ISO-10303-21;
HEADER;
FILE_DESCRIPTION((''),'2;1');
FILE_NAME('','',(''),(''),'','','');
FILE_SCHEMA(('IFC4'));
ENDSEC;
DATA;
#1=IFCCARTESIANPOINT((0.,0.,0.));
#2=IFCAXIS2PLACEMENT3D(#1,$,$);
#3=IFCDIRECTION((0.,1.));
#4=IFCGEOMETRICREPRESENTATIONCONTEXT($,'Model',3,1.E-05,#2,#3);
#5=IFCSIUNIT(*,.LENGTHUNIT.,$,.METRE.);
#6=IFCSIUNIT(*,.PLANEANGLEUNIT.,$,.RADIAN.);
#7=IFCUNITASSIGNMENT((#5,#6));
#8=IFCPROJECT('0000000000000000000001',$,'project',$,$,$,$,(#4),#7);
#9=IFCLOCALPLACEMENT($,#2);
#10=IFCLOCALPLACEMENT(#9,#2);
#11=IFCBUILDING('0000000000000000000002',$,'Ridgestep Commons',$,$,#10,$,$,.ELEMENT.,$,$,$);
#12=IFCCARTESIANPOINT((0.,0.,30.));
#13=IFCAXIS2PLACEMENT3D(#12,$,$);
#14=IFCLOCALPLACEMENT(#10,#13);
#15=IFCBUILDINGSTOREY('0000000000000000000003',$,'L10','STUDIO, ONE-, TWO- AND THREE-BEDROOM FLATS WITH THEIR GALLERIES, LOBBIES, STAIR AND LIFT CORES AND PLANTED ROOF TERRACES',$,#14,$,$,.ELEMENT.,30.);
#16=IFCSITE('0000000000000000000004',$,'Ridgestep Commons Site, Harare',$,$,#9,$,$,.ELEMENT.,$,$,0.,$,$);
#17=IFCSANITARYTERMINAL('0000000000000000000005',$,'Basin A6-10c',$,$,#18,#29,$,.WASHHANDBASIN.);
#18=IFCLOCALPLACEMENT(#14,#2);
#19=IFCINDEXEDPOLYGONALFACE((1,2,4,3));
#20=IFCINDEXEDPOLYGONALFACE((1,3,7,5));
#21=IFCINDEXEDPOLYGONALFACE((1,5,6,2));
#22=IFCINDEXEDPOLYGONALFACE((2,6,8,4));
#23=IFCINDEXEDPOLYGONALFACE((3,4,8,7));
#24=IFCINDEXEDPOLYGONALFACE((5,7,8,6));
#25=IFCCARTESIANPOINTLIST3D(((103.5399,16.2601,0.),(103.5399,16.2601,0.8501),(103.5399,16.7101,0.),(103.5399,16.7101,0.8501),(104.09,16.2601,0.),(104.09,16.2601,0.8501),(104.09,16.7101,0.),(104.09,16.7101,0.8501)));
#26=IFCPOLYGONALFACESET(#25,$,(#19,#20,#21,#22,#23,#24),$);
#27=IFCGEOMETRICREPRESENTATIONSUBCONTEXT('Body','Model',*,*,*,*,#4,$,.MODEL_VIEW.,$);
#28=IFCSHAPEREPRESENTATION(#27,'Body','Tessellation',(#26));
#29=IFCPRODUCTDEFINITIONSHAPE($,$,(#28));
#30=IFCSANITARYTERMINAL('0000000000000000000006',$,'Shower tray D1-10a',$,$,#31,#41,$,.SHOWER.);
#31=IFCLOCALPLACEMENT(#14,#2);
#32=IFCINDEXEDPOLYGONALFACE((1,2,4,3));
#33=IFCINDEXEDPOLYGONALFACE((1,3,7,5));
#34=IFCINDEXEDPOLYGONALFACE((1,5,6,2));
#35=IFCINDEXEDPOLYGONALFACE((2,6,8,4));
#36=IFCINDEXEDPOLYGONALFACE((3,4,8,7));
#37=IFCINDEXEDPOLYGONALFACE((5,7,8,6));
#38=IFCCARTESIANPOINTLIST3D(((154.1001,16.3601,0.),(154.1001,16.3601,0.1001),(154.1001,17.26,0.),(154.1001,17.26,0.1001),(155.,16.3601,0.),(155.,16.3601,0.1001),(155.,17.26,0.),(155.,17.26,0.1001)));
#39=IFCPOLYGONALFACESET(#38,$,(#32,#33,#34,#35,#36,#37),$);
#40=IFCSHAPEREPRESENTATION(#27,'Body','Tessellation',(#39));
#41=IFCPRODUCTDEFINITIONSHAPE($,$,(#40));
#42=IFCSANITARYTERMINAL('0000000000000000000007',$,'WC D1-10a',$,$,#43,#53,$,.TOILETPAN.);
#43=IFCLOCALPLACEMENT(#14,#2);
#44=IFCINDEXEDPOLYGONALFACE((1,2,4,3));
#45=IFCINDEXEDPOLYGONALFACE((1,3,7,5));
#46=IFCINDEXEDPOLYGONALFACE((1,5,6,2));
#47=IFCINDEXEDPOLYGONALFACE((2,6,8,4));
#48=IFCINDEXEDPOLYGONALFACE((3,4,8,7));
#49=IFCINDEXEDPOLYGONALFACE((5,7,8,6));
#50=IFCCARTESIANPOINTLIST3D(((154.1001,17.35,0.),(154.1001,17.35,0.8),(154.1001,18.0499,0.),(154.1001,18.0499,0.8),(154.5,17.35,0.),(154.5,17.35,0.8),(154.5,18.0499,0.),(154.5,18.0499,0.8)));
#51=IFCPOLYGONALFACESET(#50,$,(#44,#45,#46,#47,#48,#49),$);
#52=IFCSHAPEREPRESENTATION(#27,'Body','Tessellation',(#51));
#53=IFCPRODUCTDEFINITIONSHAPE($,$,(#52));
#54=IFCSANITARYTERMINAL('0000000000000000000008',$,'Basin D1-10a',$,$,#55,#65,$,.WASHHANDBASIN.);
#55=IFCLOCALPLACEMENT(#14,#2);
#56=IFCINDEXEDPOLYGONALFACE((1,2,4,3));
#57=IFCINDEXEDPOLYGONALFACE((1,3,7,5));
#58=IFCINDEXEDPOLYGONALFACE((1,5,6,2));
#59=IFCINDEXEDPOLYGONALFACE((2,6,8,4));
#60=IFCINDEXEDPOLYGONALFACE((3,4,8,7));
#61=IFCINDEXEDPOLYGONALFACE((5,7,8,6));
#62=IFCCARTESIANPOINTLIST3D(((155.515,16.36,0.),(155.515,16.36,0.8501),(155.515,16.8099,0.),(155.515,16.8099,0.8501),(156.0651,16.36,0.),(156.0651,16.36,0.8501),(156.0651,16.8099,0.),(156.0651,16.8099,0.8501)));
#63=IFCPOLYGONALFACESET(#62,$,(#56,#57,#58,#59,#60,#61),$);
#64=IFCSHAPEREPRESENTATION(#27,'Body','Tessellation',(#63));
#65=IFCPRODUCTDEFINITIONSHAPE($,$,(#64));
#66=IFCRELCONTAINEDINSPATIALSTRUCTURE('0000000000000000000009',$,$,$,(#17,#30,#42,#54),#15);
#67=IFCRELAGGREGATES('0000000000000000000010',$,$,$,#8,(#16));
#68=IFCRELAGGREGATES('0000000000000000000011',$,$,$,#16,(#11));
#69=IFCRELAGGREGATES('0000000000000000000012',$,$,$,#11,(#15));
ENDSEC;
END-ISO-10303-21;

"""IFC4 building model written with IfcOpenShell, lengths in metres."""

from ifc_helpers import new_model, si_unit, direction, frame, origin, origin_2d, place, context, subcontext, project, spatial, rectangle, extrude, element, save


model = new_model("IFC4")

# Units and contexts
model_context = context("Model", 3, precision=1e-05, world=origin(), true_north=direction((0.0, 1.0)))
body_context = subcontext(model_context, "Body", "Model", "MODEL_VIEW")
ifc_project = project(units=[si_unit("LENGTHUNIT", "METRE"), si_unit("PLANEANGLEUNIT", "RADIAN")], contexts=[model_context])

# Site, building, storey
site_placement = place(None, origin())
site = spatial("IfcSite", under=ifc_project, at=site_placement, Name="Ridgestep Commons Site, Harare", CompositionType="ELEMENT", RefElevation=0.0)
building_placement = place(site_placement, origin())
building = spatial("IfcBuilding", under=site, at=building_placement, Name="Ridgestep Commons", CompositionType="ELEMENT")
storey_placement = place(building_placement, frame((0.0, 0.0, 30.0)))
storey = spatial("IfcBuildingStorey", under=building, at=storey_placement, Name="L10", Description="STUDIO, ONE-, TWO- AND THREE-BEDROOM FLATS WITH THEIR GALLERIES, LOBBIES, STAIR AND LIFT CORES AND PLANTED ROOF TERRACES", CompositionType="ELEMENT", Elevation=30.0)

# Sanitary terminals
sanitary_terminal_1_placement = place(storey_placement, frame((103.8149, 16.4851, 0.0), z_axis=(0.0, 0.0, 1.0), x_axis=(1.0, 0.0, 0.0)))
element("IfcSanitaryTerminal", 1, at=sanitary_terminal_1_placement, inside=storey, Name="Basin A6-10c", PredefinedType="WASHHANDBASIN", context=body_context, shape_type="SweptSolid", body=[
    extrude(rectangle(XDim=0.55, YDim=0.45, at=origin_2d()), origin(), (0.0, 0.0, 1.0), 0.8501),
])
sanitary_terminal_2_placement = place(storey_placement, frame((154.55, 16.8101, 0.0), z_axis=(0.0, 0.0, 1.0), x_axis=(1.0, 0.0, 0.0)))
element("IfcSanitaryTerminal", 2, at=sanitary_terminal_2_placement, inside=storey, Name="Shower tray D1-10a", PredefinedType="SHOWER", context=body_context, shape_type="SweptSolid", body=[
    extrude(rectangle(XDim=0.8999, YDim=0.8999, at=origin_2d()), origin(), (0.0, 0.0, 1.0), 0.1001),
])
sanitary_terminal_3_placement = place(storey_placement, frame((154.3, 17.7, 0.0), z_axis=(0.0, 0.0, 1.0), x_axis=(1.0, 0.0, 0.0)))
element("IfcSanitaryTerminal", 3, at=sanitary_terminal_3_placement, inside=storey, Name="WC D1-10a", PredefinedType="TOILETPAN", context=body_context, shape_type="SweptSolid", body=[
    extrude(rectangle(XDim=0.3999, YDim=0.7, at=origin_2d()), origin(), (0.0, 0.0, 1.0), 0.8),
])
sanitary_terminal_4_placement = place(storey_placement, frame((155.79, 16.585, 0.0), z_axis=(0.0, 0.0, 1.0), x_axis=(1.0, 0.0, 0.0)))
element("IfcSanitaryTerminal", 4, at=sanitary_terminal_4_placement, inside=storey, Name="Basin D1-10a", PredefinedType="WASHHANDBASIN", context=body_context, shape_type="SweptSolid", body=[
    extrude(rectangle(XDim=0.55, YDim=0.45, at=origin_2d()), origin(), (0.0, 0.0, 1.0), 0.8501),
])

save(model, "model.ifc")
